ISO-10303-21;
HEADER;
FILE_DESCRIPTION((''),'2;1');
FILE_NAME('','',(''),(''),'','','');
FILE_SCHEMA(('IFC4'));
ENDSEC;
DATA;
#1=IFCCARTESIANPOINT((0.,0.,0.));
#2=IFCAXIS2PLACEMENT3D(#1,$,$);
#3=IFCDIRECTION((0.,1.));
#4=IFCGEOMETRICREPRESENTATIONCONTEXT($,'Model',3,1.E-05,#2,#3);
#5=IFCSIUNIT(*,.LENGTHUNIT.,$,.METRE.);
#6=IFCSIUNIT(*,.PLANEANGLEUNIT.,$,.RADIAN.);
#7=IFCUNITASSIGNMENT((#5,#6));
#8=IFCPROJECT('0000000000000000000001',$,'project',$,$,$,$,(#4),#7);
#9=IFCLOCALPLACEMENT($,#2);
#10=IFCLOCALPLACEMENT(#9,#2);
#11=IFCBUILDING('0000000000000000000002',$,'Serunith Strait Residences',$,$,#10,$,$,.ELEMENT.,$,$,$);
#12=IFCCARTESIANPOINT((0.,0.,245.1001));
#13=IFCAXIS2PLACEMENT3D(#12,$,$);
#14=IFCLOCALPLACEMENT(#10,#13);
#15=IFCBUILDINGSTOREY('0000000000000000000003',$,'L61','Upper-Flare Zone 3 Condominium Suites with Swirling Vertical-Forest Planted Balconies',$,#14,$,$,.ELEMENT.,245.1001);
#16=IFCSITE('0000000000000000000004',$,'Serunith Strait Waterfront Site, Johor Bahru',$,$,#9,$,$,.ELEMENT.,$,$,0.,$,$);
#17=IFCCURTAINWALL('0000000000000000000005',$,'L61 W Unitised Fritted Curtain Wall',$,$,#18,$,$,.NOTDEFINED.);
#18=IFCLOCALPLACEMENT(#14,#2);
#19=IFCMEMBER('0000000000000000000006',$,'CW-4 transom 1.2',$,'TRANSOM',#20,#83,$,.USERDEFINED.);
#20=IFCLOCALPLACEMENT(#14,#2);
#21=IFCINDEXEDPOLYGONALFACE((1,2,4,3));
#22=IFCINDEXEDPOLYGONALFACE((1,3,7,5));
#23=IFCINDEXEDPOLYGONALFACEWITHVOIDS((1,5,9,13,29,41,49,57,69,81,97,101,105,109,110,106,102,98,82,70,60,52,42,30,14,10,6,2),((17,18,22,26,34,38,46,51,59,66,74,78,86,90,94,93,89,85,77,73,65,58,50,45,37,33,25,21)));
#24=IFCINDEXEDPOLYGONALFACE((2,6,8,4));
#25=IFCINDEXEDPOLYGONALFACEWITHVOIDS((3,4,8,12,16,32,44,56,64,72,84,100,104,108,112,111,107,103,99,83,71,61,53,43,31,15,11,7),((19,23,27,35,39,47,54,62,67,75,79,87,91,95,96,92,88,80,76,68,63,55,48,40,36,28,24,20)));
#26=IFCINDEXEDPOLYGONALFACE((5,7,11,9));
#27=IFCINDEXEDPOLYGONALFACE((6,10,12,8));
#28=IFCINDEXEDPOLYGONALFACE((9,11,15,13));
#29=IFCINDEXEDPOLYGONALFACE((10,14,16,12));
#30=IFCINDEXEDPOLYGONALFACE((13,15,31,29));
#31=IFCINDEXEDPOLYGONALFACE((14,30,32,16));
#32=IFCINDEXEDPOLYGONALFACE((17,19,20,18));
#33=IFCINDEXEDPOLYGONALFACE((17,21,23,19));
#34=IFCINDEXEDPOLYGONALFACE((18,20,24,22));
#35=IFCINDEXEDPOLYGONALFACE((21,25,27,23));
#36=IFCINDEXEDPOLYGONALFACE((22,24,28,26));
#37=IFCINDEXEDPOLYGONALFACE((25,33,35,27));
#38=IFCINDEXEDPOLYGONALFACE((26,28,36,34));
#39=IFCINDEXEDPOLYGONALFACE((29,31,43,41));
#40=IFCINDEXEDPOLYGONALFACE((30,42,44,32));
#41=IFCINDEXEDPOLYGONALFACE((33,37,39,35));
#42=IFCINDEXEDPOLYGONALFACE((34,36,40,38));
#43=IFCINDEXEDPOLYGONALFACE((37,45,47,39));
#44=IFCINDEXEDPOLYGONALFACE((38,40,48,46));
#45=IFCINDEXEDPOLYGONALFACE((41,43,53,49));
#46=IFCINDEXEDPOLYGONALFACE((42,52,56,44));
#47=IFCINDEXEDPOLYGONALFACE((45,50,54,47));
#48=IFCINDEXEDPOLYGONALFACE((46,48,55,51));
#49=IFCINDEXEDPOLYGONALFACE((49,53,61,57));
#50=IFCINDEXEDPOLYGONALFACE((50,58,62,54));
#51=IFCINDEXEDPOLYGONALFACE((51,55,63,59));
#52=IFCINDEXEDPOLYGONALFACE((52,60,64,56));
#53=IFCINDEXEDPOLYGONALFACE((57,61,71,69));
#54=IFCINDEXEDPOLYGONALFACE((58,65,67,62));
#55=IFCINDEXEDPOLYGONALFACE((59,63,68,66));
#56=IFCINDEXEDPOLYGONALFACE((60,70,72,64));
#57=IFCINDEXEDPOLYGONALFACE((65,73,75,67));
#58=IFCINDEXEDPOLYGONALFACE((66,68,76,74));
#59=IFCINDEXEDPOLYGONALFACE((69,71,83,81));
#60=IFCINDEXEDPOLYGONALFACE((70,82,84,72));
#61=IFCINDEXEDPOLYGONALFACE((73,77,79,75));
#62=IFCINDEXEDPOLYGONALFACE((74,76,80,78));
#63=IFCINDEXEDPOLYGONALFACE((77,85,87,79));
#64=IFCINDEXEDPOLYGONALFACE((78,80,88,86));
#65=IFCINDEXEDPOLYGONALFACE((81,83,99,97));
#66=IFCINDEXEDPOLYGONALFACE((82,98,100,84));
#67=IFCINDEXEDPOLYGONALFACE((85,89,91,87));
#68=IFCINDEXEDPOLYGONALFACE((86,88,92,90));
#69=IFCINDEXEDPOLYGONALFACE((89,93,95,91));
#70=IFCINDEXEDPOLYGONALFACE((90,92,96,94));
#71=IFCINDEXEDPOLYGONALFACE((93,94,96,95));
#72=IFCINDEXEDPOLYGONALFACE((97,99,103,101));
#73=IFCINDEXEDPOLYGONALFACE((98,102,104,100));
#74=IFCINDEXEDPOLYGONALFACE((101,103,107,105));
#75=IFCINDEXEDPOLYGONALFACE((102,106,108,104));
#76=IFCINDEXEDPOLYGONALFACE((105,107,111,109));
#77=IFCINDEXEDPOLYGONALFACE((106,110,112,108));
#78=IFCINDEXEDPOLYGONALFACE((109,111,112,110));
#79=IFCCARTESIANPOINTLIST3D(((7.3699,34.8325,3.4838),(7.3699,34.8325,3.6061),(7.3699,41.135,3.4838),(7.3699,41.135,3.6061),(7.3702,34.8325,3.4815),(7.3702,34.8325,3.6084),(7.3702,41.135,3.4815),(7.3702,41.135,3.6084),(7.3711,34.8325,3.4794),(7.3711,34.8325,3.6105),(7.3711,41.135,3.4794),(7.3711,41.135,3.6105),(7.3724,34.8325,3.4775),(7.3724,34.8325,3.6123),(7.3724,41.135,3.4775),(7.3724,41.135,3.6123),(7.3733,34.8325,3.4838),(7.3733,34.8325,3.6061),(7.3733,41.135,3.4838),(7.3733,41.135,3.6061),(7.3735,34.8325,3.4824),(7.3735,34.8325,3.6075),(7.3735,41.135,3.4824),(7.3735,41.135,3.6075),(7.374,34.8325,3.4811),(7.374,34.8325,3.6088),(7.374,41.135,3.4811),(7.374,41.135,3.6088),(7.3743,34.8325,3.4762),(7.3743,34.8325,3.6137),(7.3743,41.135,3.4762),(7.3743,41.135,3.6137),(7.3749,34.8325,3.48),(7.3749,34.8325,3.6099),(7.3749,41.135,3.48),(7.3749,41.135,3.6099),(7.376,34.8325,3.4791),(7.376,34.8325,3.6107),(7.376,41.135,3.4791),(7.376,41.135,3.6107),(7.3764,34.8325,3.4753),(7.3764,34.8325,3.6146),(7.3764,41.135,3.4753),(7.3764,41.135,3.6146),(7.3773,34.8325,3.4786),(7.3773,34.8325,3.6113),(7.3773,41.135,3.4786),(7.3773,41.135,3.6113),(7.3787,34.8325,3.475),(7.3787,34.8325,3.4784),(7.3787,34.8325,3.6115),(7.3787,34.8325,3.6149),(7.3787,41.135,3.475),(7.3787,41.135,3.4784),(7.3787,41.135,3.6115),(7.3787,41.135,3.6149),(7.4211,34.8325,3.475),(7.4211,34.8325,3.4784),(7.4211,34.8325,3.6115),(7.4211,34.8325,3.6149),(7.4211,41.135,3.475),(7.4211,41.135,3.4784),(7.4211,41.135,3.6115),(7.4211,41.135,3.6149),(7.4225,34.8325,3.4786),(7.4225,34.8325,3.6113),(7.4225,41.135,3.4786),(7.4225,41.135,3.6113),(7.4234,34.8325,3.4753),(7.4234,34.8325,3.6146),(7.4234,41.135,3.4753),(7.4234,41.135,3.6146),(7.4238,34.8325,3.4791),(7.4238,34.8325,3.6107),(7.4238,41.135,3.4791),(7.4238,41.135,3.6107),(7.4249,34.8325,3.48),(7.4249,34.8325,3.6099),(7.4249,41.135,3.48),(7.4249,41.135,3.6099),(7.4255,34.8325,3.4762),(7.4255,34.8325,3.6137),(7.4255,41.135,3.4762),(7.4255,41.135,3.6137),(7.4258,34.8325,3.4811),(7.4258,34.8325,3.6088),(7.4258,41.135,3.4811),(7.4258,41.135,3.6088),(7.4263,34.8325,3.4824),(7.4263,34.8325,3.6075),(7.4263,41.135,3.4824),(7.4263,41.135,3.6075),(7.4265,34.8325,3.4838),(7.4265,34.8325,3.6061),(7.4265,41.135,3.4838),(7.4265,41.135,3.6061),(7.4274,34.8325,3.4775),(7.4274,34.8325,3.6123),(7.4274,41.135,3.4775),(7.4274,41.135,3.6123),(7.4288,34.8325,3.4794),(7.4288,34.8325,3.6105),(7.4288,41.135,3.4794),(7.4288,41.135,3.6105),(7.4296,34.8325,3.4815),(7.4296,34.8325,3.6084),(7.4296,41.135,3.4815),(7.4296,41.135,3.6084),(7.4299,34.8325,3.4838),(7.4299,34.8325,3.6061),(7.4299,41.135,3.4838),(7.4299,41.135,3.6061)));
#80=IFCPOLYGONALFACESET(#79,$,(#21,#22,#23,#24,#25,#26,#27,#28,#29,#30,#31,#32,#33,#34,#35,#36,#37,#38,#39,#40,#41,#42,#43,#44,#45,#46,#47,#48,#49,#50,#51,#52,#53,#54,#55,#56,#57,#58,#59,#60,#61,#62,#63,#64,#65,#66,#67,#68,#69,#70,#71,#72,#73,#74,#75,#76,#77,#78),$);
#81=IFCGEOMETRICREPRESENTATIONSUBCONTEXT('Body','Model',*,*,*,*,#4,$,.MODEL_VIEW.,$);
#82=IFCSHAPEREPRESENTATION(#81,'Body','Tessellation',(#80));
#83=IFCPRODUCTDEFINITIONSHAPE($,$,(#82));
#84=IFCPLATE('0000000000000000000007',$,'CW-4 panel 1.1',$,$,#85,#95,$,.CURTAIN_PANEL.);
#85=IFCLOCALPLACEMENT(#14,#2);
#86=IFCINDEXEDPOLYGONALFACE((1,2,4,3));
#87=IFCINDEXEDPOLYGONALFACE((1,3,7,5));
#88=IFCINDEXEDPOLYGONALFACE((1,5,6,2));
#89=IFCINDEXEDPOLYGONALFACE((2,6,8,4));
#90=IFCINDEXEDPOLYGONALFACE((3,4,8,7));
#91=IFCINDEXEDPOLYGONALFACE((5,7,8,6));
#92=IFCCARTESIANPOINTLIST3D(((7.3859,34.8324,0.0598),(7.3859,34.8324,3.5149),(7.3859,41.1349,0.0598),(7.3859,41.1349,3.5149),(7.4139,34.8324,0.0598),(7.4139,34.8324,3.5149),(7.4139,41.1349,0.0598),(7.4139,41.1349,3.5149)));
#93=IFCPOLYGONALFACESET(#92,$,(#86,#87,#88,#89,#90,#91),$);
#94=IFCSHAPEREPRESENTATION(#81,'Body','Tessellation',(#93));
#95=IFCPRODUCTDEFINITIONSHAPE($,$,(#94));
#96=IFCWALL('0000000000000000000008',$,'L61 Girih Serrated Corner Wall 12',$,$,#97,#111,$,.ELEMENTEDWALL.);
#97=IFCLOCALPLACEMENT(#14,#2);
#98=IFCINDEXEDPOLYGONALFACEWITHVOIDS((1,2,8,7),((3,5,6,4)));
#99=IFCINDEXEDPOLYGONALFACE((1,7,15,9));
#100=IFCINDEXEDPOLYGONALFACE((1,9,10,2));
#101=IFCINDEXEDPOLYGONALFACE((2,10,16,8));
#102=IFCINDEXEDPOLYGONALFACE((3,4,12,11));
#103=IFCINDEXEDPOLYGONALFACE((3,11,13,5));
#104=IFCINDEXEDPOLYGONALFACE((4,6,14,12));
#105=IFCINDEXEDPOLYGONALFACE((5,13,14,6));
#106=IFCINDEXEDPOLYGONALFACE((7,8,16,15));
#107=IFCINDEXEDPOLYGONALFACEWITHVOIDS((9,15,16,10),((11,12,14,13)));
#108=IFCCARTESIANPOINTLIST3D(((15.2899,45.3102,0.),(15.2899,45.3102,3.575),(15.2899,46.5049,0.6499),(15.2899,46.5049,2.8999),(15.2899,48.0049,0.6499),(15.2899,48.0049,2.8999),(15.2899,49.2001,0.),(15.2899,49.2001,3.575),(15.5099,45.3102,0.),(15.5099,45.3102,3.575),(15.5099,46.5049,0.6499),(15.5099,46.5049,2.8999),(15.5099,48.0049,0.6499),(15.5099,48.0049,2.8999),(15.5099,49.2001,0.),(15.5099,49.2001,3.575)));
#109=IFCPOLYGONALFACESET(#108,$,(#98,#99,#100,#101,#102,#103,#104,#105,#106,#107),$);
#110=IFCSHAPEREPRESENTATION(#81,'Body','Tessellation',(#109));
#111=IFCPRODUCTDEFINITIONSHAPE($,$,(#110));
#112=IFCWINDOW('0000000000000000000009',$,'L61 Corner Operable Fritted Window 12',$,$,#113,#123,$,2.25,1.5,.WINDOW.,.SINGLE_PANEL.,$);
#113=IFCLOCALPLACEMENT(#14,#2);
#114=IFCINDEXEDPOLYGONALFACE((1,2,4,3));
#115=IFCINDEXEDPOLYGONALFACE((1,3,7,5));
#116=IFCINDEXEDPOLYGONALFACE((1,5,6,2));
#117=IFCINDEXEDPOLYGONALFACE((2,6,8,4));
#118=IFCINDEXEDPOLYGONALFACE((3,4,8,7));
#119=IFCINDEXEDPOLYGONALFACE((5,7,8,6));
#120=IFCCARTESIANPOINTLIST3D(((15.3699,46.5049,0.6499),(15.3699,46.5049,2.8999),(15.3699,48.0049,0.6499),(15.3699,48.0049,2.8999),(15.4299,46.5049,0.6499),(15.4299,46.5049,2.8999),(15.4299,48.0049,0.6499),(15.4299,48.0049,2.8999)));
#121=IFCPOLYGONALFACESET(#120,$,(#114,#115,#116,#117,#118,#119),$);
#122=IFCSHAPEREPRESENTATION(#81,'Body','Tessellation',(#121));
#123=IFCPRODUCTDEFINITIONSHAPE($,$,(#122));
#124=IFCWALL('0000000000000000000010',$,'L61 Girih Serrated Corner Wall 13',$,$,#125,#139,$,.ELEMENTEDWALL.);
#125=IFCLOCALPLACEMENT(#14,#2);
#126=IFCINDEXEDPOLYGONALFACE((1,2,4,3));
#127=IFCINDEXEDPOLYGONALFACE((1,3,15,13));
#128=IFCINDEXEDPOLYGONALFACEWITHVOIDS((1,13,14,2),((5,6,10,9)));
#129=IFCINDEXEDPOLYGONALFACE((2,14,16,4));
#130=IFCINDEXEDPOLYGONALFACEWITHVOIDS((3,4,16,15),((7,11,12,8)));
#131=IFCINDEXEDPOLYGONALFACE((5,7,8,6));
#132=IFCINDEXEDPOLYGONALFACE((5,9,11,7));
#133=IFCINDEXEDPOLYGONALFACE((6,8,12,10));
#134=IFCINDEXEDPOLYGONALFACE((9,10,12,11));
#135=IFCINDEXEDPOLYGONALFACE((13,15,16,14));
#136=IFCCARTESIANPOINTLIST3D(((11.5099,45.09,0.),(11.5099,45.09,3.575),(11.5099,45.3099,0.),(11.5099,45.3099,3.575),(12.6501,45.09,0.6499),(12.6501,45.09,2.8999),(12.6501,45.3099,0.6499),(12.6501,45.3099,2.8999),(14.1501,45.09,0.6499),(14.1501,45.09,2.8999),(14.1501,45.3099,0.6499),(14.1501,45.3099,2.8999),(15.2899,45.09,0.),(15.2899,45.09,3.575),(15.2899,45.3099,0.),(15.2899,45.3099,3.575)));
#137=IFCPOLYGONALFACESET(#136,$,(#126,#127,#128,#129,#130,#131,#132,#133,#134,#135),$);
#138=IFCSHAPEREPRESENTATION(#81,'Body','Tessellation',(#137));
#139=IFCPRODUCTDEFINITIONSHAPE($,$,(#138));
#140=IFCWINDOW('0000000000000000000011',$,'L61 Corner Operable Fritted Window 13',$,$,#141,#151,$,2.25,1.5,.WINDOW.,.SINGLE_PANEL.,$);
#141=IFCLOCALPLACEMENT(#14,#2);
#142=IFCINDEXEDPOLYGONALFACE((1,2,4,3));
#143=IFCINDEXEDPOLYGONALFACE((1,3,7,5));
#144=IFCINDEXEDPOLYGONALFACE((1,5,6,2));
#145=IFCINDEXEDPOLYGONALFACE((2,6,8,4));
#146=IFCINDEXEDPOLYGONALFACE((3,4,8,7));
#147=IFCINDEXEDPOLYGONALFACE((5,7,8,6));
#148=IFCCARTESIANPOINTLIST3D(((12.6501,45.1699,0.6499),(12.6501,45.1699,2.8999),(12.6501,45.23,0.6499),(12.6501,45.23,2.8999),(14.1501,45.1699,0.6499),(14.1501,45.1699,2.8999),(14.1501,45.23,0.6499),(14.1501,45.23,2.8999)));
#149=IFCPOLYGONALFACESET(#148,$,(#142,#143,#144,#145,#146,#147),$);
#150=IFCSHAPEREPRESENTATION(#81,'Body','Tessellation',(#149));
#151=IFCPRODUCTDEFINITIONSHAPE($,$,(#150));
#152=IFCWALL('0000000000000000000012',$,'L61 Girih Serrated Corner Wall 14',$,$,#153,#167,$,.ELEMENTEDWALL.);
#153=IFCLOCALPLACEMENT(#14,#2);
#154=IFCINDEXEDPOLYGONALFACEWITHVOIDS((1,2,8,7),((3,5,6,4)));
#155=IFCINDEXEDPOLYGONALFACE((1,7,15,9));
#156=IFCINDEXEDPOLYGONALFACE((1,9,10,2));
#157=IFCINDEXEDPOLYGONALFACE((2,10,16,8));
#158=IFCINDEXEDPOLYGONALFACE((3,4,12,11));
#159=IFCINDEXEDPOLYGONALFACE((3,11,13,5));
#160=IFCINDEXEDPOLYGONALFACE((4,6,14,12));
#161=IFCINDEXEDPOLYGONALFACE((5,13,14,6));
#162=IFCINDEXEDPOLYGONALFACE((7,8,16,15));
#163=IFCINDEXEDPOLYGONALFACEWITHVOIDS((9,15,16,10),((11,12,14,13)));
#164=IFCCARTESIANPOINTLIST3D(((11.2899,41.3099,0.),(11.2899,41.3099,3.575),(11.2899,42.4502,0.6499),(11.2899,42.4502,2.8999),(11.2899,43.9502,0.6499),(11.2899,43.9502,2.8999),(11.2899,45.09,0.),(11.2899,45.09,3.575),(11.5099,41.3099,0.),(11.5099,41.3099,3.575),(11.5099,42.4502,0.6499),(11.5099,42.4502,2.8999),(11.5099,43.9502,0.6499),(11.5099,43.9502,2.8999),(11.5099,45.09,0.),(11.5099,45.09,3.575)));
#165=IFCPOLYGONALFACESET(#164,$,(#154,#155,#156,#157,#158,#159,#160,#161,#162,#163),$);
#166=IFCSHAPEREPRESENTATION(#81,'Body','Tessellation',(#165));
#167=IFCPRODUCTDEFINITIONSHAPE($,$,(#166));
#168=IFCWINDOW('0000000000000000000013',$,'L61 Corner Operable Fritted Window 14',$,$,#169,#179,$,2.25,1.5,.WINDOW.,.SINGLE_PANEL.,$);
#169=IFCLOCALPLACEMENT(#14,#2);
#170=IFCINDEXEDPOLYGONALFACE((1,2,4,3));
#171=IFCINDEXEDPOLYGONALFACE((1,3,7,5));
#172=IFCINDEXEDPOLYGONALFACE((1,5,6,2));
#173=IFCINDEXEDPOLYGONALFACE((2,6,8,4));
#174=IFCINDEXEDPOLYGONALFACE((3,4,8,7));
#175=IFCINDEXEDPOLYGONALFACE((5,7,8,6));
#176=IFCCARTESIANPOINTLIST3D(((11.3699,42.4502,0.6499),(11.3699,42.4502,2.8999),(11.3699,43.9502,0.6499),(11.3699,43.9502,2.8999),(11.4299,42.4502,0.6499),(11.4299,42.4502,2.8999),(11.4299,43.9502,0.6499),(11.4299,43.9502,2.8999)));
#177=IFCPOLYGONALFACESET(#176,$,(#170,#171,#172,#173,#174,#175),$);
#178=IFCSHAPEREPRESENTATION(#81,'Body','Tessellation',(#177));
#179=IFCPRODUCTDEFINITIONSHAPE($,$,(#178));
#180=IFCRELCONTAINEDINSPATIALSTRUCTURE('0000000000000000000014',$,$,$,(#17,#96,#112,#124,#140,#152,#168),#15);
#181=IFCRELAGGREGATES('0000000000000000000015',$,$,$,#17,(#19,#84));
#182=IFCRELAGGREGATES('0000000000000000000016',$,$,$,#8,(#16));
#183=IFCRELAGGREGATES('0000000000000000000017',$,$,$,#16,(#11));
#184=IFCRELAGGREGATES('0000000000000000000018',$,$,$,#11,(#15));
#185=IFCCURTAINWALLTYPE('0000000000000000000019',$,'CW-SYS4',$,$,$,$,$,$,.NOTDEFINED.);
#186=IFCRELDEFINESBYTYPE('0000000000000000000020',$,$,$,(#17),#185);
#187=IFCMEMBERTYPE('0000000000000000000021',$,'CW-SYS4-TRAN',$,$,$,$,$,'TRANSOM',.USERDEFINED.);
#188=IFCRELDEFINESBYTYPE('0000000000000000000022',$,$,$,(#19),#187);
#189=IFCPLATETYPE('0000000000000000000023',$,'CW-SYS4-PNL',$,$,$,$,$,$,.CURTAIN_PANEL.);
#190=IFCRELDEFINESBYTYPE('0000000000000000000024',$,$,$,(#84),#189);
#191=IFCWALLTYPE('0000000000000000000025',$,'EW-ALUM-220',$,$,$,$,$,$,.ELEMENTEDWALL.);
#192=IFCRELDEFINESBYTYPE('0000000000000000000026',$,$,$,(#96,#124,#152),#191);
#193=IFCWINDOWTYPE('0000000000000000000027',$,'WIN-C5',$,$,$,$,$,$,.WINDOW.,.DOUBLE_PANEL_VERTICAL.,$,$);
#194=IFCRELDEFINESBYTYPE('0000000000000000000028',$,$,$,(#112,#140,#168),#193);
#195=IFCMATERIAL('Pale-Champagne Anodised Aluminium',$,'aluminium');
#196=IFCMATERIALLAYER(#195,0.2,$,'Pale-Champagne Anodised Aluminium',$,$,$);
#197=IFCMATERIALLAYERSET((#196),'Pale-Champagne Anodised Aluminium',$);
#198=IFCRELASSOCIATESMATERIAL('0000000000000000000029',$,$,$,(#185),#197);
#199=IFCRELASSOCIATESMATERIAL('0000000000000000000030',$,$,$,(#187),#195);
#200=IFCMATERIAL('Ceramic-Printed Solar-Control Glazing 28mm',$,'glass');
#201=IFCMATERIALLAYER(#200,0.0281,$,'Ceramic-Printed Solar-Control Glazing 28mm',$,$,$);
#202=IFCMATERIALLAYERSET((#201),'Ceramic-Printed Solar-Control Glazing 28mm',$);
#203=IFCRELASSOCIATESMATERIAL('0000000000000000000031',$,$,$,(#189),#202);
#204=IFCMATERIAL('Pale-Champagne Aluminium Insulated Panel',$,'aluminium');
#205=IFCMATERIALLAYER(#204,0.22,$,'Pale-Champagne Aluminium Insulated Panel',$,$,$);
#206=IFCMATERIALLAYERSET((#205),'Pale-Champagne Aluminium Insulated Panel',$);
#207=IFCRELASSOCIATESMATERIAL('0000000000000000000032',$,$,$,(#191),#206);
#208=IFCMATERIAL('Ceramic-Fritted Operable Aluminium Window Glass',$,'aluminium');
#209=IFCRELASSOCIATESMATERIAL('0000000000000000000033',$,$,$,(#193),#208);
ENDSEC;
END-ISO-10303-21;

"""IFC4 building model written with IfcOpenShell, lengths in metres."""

from ifc_helpers import new_model, si_unit, direction, frame, frame_2d, origin, origin_2d, place, context, subcontext, project, spatial, rectangle, hollow_rectangle, extrude, source, transform, mapped, material, layer, layer_set, material_profile, profile_set, type_object, element, fill, aggregate, save


model = new_model("IFC4")

# Units and contexts
model_context = context("Model", 3, precision=1e-05, world=origin(), true_north=direction((0.0, 1.0)))
body_context = subcontext(model_context, "Body", "Model", "MODEL_VIEW")
ifc_project = project(units=[si_unit("LENGTHUNIT", "METRE"), si_unit("PLANEANGLEUNIT", "RADIAN")], contexts=[model_context])

# Site, building, storey
site_placement = place(None, origin())
site = spatial("IfcSite", under=ifc_project, at=site_placement, Name="Serunith Strait Waterfront Site, Johor Bahru", CompositionType="ELEMENT", RefElevation=0.0)
building_placement = place(site_placement, origin())
building = spatial("IfcBuilding", under=site, at=building_placement, Name="Serunith Strait Residences", CompositionType="ELEMENT")
storey_placement = place(building_placement, frame((0.0, 0.0, 245.1001)))
storey = spatial("IfcBuildingStorey", under=building, at=storey_placement, Name="L61", Description="Upper-Flare Zone 3 Condominium Suites with Swirling Vertical-Forest Planted Balconies", CompositionType="ELEMENT", Elevation=245.1001)

# Shared definitions
ifc_material_1 = material(Name="Pale-Champagne Anodised Aluminium", Category="aluminium")
ifc_layer_1 = layer(ifc_material_1, 0.2, Name="Pale-Champagne Anodised Aluminium")
ifc_layer_set_1 = layer_set([ifc_layer_1], Name="Pale-Champagne Anodised Aluminium")
curtain_wall_type = type_object("IfcCurtainWallType", Name="CW-SYS4", PredefinedType="NOTDEFINED", material=ifc_layer_set_1)

# Curtain wall, member, plate
curtain_wall_1_placement = place(storey_placement, origin())
curtain_wall_1 = element("IfcCurtainWall", 1, at=curtain_wall_1_placement, inside=storey, type_object=curtain_wall_type, Name="L61 W Unitised Fritted Curtain Wall", PredefinedType="NOTDEFINED")
ifc_material_profile_1 = material_profile(ifc_material_1, hollow_rectangle(XDim=0.0601, YDim=0.1399, WallThickness=0.0034, InnerFilletRadius=0.0054, OuterFilletRadius=0.0088, at=origin_2d()), Name="ALU 140x60x3.5")
ifc_profile_set_1 = profile_set([ifc_material_profile_1], Name="Pale-Champagne Anodised Aluminium")
member_type_1 = type_object("IfcMemberType", Name="CW-SYS4-TRAN", ElementType="TRANSOM", PredefinedType="USERDEFINED", material=ifc_profile_set_1)
shared_shape_1 = source(origin(), body_context, "Body", "SweptSolid", [
    extrude(hollow_rectangle(XDim=0.0601, YDim=0.1399, WallThickness=0.0034, InnerFilletRadius=0.0054, OuterFilletRadius=0.0088, at=origin_2d()), origin(), (0.0, 0.0, 1.0), 6.3025),
])
member_1_placement = place(storey_placement, frame((7.3999, 41.135, 3.5449), z_axis=(0.0, -1.0, 0.0), x_axis=(1.0, 0.0, 0.0)))
member_1 = element("IfcMember", 2, at=member_1_placement, type_object=member_type_1, Name="CW-4 transom 1.2", ObjectType="TRANSOM", PredefinedType="USERDEFINED", context=body_context, shape_type="MappedRepresentation", body=[
    mapped(shared_shape_1, transform((0.0, 0.0, 0.0), scale=1.0)),
])
ifc_material_2 = material(Name="Ceramic-Printed Solar-Control Glazing 28mm", Category="glass")
ifc_layer_2 = layer(ifc_material_2, 0.0281, Name="Ceramic-Printed Solar-Control Glazing 28mm")
ifc_layer_set_2 = layer_set([ifc_layer_2], Name="Ceramic-Printed Solar-Control Glazing 28mm")
plate_type = type_object("IfcPlateType", Name="CW-SYS4-PNL", PredefinedType="CURTAIN_PANEL", material=ifc_layer_set_2)
shared_shape_2 = source(origin(), body_context, "Body", "SweptSolid", [
    extrude(rectangle(XDim=6.3025, YDim=0.0281, at=origin_2d()), origin(), (0.0, 0.0, 1.0), 3.4551),
])
plate_placement = place(storey_placement, frame((7.3999, 37.9836, 0.0598), z_axis=(0.0, 0.0, 1.0), x_axis=(0.0, -1.0, 0.0)))
plate = element("IfcPlate", 3, at=plate_placement, type_object=plate_type, Name="CW-4 panel 1.1", PredefinedType="CURTAIN_PANEL", context=body_context, shape_type="MappedRepresentation", body=[
    mapped(shared_shape_2, transform((0.0, 0.0, 0.0), scale=1.0)),
])
aggregate(curtain_wall_1, [member_1, plate])

# Walls, openings, windows
ifc_material_3 = material(Name="Pale-Champagne Aluminium Insulated Panel", Category="aluminium")
ifc_layer_3 = layer(ifc_material_3, 0.22, Name="Pale-Champagne Aluminium Insulated Panel")
ifc_layer_set_3 = layer_set([ifc_layer_3], Name="Pale-Champagne Aluminium Insulated Panel")
wall_type_1 = type_object("IfcWallType", Name="EW-ALUM-220", PredefinedType="ELEMENTEDWALL", material=ifc_layer_set_3)
wall_1_placement = place(storey_placement, frame((15.3999, 49.2, 0.0), z_axis=(0.0, 0.0, 1.0), x_axis=(0.0, -1.0, 0.0)))
wall_1 = element("IfcWall", 4, at=wall_1_placement, inside=storey, type_object=wall_type_1, Name="L61 Girih Serrated Corner Wall 12", PredefinedType="ELEMENTEDWALL", context=body_context, shape_type="SweptSolid", body=[
    extrude(rectangle(XDim=3.8899, YDim=0.22, at=frame_2d((1.9448, 0.0))), origin(), (0.0, 0.0, 1.0), 3.575),
])
opening_1_placement = place(wall_1_placement, frame((1.1951, 0.0, 0.6499)))
opening_1 = element("IfcOpeningElement", 5, at=opening_1_placement, cuts=wall_1, PredefinedType="OPENING", context=body_context, shape_type="SweptSolid", body=[
    extrude(rectangle(XDim=1.5, YDim=2.25, at=frame_2d((0.75, 1.125))), frame((0.0, 0.1201, 0.0), z_axis=(0.0, -1.0, 0.0), x_axis=(1.0, 0.0, 0.0)), (0.0, 0.0, 1.0), 0.24),
])
ifc_material_4 = material(Name="Ceramic-Fritted Operable Aluminium Window Glass", Category="aluminium")
window_type = type_object("IfcWindowType", Name="WIN-C5", PartitioningType="DOUBLE_PANEL_VERTICAL", PredefinedType="WINDOW", material=ifc_material_4)
shared_shape_3 = source(origin(), body_context, "Body", "SweptSolid", [
    extrude(rectangle(XDim=1.5, YDim=2.25, at=frame_2d((0.75, 1.125))), frame((0.0, 0.03, 0.0), z_axis=(0.0, -1.0, 0.0), x_axis=(1.0, 0.0, 0.0)), (0.0, 0.0, 1.0), 0.0601),
])
window_1_placement = place(opening_1_placement, origin())
window_1 = element("IfcWindow", 6, at=window_1_placement, inside=storey, type_object=window_type, Name="L61 Corner Operable Fritted Window 12", OverallHeight=2.25, OverallWidth=1.5, PartitioningType="SINGLE_PANEL", PredefinedType="WINDOW", context=body_context, shape_type="MappedRepresentation", body=[
    mapped(shared_shape_3, transform((0.0, 0.0, 0.0), scale=1.0)),
])
fill(opening_1, window_1)
wall_2_placement = place(storey_placement, frame((15.29, 45.2, 0.0), z_axis=(0.0, 0.0, 1.0), x_axis=(-1.0, 0.0, 0.0)))
wall_2 = element("IfcWall", 7, at=wall_2_placement, inside=storey, type_object=wall_type_1, Name="L61 Girih Serrated Corner Wall 13", PredefinedType="ELEMENTEDWALL", context=body_context, shape_type="SweptSolid", body=[
    extrude(rectangle(XDim=3.78, YDim=0.22, at=frame_2d((1.8901, 0.0))), origin(), (0.0, 0.0, 1.0), 3.575),
])
opening_2_placement = place(wall_2_placement, frame((1.1399, 0.0, 0.6499)))
opening_2 = element("IfcOpeningElement", 8, at=opening_2_placement, cuts=wall_2, PredefinedType="OPENING", context=body_context, shape_type="SweptSolid", body=[
    extrude(rectangle(XDim=1.5, YDim=2.25, at=frame_2d((0.75, 1.125))), frame((0.0, 0.1201, 0.0), z_axis=(0.0, -1.0, 0.0), x_axis=(1.0, 0.0, 0.0)), (0.0, 0.0, 1.0), 0.24),
])
window_2_placement = place(opening_2_placement, origin())
window_2 = element("IfcWindow", 9, at=window_2_placement, inside=storey, type_object=window_type, Name="L61 Corner Operable Fritted Window 13", OverallHeight=2.25, OverallWidth=1.5, PartitioningType="SINGLE_PANEL", PredefinedType="WINDOW", context=body_context, shape_type="MappedRepresentation", body=[
    mapped(shared_shape_3, transform((0.0, 0.0, 0.0), scale=1.0)),
])
fill(opening_2, window_2)
wall_3_placement = place(storey_placement, frame((11.3999, 45.0901, 0.0), z_axis=(0.0, 0.0, 1.0), x_axis=(0.0, -1.0, 0.0)))
wall_3 = element("IfcWall", 10, at=wall_3_placement, inside=storey, type_object=wall_type_1, Name="L61 Girih Serrated Corner Wall 14", PredefinedType="ELEMENTEDWALL", context=body_context, shape_type="SweptSolid", body=[
    extrude(rectangle(XDim=3.78, YDim=0.22, at=frame_2d((1.8901, 0.0))), origin(), (0.0, 0.0, 1.0), 3.575),
])
opening_3_placement = place(wall_3_placement, frame((1.1399, 0.0, 0.6499)))
opening_3 = element("IfcOpeningElement", 11, at=opening_3_placement, cuts=wall_3, PredefinedType="OPENING", context=body_context, shape_type="SweptSolid", body=[
    extrude(rectangle(XDim=1.5, YDim=2.25, at=frame_2d((0.75, 1.125))), frame((0.0, 0.1201, 0.0), z_axis=(0.0, -1.0, 0.0), x_axis=(1.0, 0.0, 0.0)), (0.0, 0.0, 1.0), 0.24),
])
window_3_placement = place(opening_3_placement, origin())
window_3 = element("IfcWindow", 12, at=window_3_placement, inside=storey, type_object=window_type, Name="L61 Corner Operable Fritted Window 14", OverallHeight=2.25, OverallWidth=1.5, PartitioningType="SINGLE_PANEL", PredefinedType="WINDOW", context=body_context, shape_type="MappedRepresentation", body=[
    mapped(shared_shape_3, transform((0.0, 0.0, 0.0), scale=1.0)),
])
fill(opening_3, window_3)

save(model, "model.ifc")
